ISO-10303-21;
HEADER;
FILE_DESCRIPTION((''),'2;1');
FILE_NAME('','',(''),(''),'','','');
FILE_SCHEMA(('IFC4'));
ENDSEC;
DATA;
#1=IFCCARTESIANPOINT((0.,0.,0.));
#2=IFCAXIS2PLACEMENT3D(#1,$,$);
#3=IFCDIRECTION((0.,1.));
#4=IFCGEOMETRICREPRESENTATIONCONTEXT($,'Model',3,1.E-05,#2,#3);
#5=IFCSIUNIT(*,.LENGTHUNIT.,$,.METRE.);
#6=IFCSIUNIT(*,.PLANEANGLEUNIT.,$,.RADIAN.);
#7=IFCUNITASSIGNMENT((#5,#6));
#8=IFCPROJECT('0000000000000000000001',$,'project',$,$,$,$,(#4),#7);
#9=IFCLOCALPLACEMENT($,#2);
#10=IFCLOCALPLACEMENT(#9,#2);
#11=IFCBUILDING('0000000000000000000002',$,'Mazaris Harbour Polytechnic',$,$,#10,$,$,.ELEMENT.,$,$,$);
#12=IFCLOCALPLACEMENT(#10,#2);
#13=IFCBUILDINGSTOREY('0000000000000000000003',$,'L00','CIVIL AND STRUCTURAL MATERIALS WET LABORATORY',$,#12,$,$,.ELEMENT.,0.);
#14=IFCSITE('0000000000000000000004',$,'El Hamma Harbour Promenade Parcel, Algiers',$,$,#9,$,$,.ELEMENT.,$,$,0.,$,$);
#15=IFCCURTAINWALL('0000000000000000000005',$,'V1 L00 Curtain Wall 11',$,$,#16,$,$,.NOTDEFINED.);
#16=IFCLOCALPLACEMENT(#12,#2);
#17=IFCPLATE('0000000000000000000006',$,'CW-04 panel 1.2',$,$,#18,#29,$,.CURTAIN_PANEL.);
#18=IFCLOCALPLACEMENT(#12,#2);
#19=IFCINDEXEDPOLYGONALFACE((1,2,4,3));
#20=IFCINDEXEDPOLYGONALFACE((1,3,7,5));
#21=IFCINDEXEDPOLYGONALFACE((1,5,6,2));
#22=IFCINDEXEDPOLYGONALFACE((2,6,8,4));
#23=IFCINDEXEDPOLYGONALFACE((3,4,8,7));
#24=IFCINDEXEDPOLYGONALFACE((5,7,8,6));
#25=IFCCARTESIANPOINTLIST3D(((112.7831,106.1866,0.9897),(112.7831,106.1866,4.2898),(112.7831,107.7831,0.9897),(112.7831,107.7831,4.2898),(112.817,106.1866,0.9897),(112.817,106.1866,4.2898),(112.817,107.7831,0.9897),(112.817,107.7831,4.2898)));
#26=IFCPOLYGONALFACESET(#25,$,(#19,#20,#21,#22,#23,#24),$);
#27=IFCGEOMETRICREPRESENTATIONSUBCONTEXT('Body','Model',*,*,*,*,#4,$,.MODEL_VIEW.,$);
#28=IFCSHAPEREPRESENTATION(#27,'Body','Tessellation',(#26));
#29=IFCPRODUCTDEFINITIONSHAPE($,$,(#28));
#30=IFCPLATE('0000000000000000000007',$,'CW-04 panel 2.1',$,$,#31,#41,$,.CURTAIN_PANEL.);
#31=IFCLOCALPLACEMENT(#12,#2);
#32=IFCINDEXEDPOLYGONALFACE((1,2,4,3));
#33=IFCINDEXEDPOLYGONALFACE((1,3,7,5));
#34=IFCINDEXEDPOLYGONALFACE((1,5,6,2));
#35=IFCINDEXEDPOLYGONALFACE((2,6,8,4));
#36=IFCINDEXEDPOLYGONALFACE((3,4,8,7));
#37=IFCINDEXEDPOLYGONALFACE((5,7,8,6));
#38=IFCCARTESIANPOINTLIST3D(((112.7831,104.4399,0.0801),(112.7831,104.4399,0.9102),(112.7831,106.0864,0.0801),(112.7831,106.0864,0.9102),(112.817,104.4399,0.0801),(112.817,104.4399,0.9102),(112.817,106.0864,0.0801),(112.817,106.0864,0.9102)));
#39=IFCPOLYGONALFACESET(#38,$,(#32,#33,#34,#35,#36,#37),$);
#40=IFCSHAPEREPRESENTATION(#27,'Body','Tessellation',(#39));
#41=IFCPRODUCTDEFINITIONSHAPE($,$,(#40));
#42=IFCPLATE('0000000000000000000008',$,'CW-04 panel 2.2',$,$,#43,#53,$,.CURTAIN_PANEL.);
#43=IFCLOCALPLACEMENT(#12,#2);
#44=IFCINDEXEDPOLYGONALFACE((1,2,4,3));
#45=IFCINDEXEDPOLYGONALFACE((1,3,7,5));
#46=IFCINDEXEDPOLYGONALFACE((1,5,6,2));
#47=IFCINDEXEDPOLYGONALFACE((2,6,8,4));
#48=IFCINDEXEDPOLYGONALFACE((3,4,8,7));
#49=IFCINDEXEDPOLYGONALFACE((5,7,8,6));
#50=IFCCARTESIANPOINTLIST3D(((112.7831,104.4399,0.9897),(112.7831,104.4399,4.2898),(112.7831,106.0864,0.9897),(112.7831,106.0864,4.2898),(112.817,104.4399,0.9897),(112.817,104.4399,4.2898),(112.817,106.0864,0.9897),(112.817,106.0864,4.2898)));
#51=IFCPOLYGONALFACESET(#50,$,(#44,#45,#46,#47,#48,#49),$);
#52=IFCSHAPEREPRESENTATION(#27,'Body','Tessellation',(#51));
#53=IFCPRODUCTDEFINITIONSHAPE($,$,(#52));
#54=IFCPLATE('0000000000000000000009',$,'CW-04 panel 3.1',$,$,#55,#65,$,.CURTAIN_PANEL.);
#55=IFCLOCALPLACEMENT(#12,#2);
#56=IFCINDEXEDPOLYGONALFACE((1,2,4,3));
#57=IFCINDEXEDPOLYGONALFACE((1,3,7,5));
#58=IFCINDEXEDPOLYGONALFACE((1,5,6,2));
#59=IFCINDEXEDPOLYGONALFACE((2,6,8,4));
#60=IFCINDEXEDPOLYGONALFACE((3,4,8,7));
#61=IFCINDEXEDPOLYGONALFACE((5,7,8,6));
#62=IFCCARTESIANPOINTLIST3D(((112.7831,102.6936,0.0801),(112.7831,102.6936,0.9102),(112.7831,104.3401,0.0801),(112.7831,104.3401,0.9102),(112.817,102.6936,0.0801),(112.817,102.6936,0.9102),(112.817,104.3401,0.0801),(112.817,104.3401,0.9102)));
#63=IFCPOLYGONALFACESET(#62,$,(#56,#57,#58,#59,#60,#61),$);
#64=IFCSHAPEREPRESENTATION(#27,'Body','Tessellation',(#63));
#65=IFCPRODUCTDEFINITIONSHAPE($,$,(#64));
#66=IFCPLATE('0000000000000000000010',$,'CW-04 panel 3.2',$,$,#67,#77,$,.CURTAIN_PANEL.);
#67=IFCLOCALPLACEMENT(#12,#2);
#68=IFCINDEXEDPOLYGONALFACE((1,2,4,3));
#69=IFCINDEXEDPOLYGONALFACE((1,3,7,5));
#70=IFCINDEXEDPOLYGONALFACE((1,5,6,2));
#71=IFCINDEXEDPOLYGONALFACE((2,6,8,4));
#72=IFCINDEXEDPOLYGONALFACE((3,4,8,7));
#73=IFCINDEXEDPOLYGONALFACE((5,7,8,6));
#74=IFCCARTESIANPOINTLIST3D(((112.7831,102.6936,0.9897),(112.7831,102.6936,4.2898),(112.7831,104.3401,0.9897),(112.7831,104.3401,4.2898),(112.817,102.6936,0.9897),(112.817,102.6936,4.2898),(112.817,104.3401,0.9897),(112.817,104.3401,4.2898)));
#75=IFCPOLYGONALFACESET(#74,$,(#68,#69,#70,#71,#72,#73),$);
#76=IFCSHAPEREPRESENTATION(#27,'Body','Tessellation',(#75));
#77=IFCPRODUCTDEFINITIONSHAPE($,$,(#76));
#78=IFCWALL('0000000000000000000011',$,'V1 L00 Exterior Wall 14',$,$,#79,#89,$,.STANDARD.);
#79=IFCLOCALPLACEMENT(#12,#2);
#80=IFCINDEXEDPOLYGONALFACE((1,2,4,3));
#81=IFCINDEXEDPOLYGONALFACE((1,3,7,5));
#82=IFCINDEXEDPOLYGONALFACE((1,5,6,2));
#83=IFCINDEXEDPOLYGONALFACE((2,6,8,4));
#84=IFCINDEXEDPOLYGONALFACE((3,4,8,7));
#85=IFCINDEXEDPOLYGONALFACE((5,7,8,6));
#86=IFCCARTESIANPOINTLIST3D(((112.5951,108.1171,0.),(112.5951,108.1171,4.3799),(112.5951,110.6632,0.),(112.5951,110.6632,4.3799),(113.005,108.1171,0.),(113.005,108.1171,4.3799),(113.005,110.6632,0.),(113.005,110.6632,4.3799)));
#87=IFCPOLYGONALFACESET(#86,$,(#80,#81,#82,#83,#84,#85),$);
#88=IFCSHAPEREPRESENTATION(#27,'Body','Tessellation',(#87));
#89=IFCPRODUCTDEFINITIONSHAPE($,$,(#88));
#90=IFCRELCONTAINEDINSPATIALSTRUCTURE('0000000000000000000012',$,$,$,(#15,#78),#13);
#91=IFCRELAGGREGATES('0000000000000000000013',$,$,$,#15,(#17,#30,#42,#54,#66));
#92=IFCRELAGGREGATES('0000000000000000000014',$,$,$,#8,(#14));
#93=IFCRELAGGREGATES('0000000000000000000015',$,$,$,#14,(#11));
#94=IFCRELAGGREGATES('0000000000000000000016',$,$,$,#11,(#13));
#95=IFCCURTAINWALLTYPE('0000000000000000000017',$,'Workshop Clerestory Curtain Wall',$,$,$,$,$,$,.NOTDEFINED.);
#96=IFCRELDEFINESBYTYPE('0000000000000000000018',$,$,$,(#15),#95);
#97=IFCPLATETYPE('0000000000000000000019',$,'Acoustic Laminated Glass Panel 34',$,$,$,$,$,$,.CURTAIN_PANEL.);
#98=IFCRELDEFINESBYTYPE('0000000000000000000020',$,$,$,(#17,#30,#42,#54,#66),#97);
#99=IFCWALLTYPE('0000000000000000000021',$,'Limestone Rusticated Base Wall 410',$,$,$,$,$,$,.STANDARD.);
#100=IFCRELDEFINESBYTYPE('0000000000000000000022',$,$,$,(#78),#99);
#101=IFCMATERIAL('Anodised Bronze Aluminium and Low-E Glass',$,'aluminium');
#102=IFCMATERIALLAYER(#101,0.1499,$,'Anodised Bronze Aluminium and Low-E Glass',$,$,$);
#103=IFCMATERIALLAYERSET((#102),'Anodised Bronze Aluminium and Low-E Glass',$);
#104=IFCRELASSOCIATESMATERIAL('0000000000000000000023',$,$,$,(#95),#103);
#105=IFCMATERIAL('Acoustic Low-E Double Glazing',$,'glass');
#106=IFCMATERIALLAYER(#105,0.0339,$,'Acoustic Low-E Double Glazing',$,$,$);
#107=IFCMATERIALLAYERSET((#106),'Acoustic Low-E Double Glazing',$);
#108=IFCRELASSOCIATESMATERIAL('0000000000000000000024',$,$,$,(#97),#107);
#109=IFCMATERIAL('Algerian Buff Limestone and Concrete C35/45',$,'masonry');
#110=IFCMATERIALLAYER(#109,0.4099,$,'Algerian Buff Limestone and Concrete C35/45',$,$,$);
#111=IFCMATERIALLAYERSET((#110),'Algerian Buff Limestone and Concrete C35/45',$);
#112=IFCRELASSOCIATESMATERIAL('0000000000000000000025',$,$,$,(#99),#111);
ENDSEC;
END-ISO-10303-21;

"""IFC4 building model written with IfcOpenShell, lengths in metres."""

from ifc_helpers import new_model, si_unit, direction, frame, frame_2d, origin, origin_2d, place, context, subcontext, project, spatial, rectangle, extrude, material, layer, layer_set, type_object, element, aggregate, save


model = new_model("IFC4")

# Units and contexts
model_context = context("Model", 3, precision=1e-05, world=origin(), true_north=direction((0.0, 1.0)))
body_context = subcontext(model_context, "Body", "Model", "MODEL_VIEW")
ifc_project = project(units=[si_unit("LENGTHUNIT", "METRE"), si_unit("PLANEANGLEUNIT", "RADIAN")], contexts=[model_context])

# Site, building, storey
site_placement = place(None, origin())
site = spatial("IfcSite", under=ifc_project, at=site_placement, Name="El Hamma Harbour Promenade Parcel, Algiers", CompositionType="ELEMENT", RefElevation=0.0)
building_placement = place(site_placement, origin())
building = spatial("IfcBuilding", under=site, at=building_placement, Name="Mazaris Harbour Polytechnic", CompositionType="ELEMENT")
storey_placement = place(building_placement, origin())
storey = spatial("IfcBuildingStorey", under=building, at=storey_placement, Name="L00", Description="CIVIL AND STRUCTURAL MATERIALS WET LABORATORY", CompositionType="ELEMENT", Elevation=0.0)

# Curtain wall
ifc_material_1 = material(Name="Anodised Bronze Aluminium and Low-E Glass", Category="aluminium")
ifc_layer_1 = layer(ifc_material_1, 0.1499, Name="Anodised Bronze Aluminium and Low-E Glass")
ifc_layer_set_1 = layer_set([ifc_layer_1], Name="Anodised Bronze Aluminium and Low-E Glass")
curtain_wall_type = type_object("IfcCurtainWallType", Name="Workshop Clerestory Curtain Wall", PredefinedType="NOTDEFINED", material=ifc_layer_set_1)
curtain_wall_placement = place(storey_placement, origin())
curtain_wall = element("IfcCurtainWall", 1, at=curtain_wall_placement, inside=storey, type_object=curtain_wall_type, Name="V1 L00 Curtain Wall 11", PredefinedType="NOTDEFINED")

# Plates
ifc_material_2 = material(Name="Acoustic Low-E Double Glazing", Category="glass")
ifc_layer_2 = layer(ifc_material_2, 0.0339, Name="Acoustic Low-E Double Glazing")
ifc_layer_set_2 = layer_set([ifc_layer_2], Name="Acoustic Low-E Double Glazing")
plate_type = type_object("IfcPlateType", Name="Acoustic Laminated Glass Panel 34", PredefinedType="CURTAIN_PANEL", material=ifc_layer_set_2)
plate_1_placement = place(storey_placement, frame((112.8, 106.9849, 0.9897), z_axis=(0.0, 0.0, 1.0), x_axis=(0.0, -1.0, 0.0)))
plate_1 = element("IfcPlate", 2, at=plate_1_placement, type_object=plate_type, Name="CW-04 panel 1.2", PredefinedType="CURTAIN_PANEL", context=body_context, shape_type="SweptSolid", body=[
    extrude(rectangle(XDim=1.5964, YDim=0.0339, at=origin_2d()), origin(), (0.0, 0.0, 1.0), 3.3),
])
plate_2_placement = place(storey_placement, frame((112.8, 105.2632, 0.0801), z_axis=(0.0, 0.0, 1.0), x_axis=(0.0, -1.0, 0.0)))
plate_2 = element("IfcPlate", 3, at=plate_2_placement, type_object=plate_type, Name="CW-04 panel 2.1", PredefinedType="CURTAIN_PANEL", context=body_context, shape_type="SweptSolid", body=[
    extrude(rectangle(XDim=1.6465, YDim=0.0339, at=origin_2d()), origin(), (0.0, 0.0, 1.0), 0.8301),
])
plate_3_placement = place(storey_placement, frame((112.8, 105.2632, 0.9897), z_axis=(0.0, 0.0, 1.0), x_axis=(0.0, -1.0, 0.0)))
plate_3 = element("IfcPlate", 4, at=plate_3_placement, type_object=plate_type, Name="CW-04 panel 2.2", PredefinedType="CURTAIN_PANEL", context=body_context, shape_type="SweptSolid", body=[
    extrude(rectangle(XDim=1.6465, YDim=0.0339, at=origin_2d()), origin(), (0.0, 0.0, 1.0), 3.3),
])
plate_4_placement = place(storey_placement, frame((112.8, 103.5168, 0.0801), z_axis=(0.0, 0.0, 1.0), x_axis=(0.0, -1.0, 0.0)))
plate_4 = element("IfcPlate", 5, at=plate_4_placement, type_object=plate_type, Name="CW-04 panel 3.1", PredefinedType="CURTAIN_PANEL", context=body_context, shape_type="SweptSolid", body=[
    extrude(rectangle(XDim=1.6465, YDim=0.0339, at=origin_2d()), origin(), (0.0, 0.0, 1.0), 0.8301),
])
plate_5_placement = place(storey_placement, frame((112.8, 103.5168, 0.9897), z_axis=(0.0, 0.0, 1.0), x_axis=(0.0, -1.0, 0.0)))
plate_5 = element("IfcPlate", 6, at=plate_5_placement, type_object=plate_type, Name="CW-04 panel 3.2", PredefinedType="CURTAIN_PANEL", context=body_context, shape_type="SweptSolid", body=[
    extrude(rectangle(XDim=1.6465, YDim=0.0339, at=origin_2d()), origin(), (0.0, 0.0, 1.0), 3.3),
])
aggregate(curtain_wall, [plate_1, plate_2, plate_3, plate_4, plate_5])

# Wall
ifc_material_3 = material(Name="Algerian Buff Limestone and Concrete C35/45", Category="masonry")
ifc_layer_3 = layer(ifc_material_3, 0.4099, Name="Algerian Buff Limestone and Concrete C35/45")
ifc_layer_set_3 = layer_set([ifc_layer_3], Name="Algerian Buff Limestone and Concrete C35/45")
wall_type = type_object("IfcWallType", Name="Limestone Rusticated Base Wall 410", PredefinedType="STANDARD", material=ifc_layer_set_3)
wall_placement = place(storey_placement, frame((112.8, 110.6631, 0.0), z_axis=(0.0, 0.0, 1.0), x_axis=(0.0, -1.0, 0.0)))
element("IfcWall", 7, at=wall_placement, inside=storey, type_object=wall_type, Name="V1 L00 Exterior Wall 14", PredefinedType="STANDARD", context=body_context, shape_type="SweptSolid", body=[
    extrude(rectangle(XDim=2.5461, YDim=0.4099, at=frame_2d((1.2729, 0.0))), origin(), (0.0, 0.0, 1.0), 4.3799),
])

save(model, "model.ifc")
